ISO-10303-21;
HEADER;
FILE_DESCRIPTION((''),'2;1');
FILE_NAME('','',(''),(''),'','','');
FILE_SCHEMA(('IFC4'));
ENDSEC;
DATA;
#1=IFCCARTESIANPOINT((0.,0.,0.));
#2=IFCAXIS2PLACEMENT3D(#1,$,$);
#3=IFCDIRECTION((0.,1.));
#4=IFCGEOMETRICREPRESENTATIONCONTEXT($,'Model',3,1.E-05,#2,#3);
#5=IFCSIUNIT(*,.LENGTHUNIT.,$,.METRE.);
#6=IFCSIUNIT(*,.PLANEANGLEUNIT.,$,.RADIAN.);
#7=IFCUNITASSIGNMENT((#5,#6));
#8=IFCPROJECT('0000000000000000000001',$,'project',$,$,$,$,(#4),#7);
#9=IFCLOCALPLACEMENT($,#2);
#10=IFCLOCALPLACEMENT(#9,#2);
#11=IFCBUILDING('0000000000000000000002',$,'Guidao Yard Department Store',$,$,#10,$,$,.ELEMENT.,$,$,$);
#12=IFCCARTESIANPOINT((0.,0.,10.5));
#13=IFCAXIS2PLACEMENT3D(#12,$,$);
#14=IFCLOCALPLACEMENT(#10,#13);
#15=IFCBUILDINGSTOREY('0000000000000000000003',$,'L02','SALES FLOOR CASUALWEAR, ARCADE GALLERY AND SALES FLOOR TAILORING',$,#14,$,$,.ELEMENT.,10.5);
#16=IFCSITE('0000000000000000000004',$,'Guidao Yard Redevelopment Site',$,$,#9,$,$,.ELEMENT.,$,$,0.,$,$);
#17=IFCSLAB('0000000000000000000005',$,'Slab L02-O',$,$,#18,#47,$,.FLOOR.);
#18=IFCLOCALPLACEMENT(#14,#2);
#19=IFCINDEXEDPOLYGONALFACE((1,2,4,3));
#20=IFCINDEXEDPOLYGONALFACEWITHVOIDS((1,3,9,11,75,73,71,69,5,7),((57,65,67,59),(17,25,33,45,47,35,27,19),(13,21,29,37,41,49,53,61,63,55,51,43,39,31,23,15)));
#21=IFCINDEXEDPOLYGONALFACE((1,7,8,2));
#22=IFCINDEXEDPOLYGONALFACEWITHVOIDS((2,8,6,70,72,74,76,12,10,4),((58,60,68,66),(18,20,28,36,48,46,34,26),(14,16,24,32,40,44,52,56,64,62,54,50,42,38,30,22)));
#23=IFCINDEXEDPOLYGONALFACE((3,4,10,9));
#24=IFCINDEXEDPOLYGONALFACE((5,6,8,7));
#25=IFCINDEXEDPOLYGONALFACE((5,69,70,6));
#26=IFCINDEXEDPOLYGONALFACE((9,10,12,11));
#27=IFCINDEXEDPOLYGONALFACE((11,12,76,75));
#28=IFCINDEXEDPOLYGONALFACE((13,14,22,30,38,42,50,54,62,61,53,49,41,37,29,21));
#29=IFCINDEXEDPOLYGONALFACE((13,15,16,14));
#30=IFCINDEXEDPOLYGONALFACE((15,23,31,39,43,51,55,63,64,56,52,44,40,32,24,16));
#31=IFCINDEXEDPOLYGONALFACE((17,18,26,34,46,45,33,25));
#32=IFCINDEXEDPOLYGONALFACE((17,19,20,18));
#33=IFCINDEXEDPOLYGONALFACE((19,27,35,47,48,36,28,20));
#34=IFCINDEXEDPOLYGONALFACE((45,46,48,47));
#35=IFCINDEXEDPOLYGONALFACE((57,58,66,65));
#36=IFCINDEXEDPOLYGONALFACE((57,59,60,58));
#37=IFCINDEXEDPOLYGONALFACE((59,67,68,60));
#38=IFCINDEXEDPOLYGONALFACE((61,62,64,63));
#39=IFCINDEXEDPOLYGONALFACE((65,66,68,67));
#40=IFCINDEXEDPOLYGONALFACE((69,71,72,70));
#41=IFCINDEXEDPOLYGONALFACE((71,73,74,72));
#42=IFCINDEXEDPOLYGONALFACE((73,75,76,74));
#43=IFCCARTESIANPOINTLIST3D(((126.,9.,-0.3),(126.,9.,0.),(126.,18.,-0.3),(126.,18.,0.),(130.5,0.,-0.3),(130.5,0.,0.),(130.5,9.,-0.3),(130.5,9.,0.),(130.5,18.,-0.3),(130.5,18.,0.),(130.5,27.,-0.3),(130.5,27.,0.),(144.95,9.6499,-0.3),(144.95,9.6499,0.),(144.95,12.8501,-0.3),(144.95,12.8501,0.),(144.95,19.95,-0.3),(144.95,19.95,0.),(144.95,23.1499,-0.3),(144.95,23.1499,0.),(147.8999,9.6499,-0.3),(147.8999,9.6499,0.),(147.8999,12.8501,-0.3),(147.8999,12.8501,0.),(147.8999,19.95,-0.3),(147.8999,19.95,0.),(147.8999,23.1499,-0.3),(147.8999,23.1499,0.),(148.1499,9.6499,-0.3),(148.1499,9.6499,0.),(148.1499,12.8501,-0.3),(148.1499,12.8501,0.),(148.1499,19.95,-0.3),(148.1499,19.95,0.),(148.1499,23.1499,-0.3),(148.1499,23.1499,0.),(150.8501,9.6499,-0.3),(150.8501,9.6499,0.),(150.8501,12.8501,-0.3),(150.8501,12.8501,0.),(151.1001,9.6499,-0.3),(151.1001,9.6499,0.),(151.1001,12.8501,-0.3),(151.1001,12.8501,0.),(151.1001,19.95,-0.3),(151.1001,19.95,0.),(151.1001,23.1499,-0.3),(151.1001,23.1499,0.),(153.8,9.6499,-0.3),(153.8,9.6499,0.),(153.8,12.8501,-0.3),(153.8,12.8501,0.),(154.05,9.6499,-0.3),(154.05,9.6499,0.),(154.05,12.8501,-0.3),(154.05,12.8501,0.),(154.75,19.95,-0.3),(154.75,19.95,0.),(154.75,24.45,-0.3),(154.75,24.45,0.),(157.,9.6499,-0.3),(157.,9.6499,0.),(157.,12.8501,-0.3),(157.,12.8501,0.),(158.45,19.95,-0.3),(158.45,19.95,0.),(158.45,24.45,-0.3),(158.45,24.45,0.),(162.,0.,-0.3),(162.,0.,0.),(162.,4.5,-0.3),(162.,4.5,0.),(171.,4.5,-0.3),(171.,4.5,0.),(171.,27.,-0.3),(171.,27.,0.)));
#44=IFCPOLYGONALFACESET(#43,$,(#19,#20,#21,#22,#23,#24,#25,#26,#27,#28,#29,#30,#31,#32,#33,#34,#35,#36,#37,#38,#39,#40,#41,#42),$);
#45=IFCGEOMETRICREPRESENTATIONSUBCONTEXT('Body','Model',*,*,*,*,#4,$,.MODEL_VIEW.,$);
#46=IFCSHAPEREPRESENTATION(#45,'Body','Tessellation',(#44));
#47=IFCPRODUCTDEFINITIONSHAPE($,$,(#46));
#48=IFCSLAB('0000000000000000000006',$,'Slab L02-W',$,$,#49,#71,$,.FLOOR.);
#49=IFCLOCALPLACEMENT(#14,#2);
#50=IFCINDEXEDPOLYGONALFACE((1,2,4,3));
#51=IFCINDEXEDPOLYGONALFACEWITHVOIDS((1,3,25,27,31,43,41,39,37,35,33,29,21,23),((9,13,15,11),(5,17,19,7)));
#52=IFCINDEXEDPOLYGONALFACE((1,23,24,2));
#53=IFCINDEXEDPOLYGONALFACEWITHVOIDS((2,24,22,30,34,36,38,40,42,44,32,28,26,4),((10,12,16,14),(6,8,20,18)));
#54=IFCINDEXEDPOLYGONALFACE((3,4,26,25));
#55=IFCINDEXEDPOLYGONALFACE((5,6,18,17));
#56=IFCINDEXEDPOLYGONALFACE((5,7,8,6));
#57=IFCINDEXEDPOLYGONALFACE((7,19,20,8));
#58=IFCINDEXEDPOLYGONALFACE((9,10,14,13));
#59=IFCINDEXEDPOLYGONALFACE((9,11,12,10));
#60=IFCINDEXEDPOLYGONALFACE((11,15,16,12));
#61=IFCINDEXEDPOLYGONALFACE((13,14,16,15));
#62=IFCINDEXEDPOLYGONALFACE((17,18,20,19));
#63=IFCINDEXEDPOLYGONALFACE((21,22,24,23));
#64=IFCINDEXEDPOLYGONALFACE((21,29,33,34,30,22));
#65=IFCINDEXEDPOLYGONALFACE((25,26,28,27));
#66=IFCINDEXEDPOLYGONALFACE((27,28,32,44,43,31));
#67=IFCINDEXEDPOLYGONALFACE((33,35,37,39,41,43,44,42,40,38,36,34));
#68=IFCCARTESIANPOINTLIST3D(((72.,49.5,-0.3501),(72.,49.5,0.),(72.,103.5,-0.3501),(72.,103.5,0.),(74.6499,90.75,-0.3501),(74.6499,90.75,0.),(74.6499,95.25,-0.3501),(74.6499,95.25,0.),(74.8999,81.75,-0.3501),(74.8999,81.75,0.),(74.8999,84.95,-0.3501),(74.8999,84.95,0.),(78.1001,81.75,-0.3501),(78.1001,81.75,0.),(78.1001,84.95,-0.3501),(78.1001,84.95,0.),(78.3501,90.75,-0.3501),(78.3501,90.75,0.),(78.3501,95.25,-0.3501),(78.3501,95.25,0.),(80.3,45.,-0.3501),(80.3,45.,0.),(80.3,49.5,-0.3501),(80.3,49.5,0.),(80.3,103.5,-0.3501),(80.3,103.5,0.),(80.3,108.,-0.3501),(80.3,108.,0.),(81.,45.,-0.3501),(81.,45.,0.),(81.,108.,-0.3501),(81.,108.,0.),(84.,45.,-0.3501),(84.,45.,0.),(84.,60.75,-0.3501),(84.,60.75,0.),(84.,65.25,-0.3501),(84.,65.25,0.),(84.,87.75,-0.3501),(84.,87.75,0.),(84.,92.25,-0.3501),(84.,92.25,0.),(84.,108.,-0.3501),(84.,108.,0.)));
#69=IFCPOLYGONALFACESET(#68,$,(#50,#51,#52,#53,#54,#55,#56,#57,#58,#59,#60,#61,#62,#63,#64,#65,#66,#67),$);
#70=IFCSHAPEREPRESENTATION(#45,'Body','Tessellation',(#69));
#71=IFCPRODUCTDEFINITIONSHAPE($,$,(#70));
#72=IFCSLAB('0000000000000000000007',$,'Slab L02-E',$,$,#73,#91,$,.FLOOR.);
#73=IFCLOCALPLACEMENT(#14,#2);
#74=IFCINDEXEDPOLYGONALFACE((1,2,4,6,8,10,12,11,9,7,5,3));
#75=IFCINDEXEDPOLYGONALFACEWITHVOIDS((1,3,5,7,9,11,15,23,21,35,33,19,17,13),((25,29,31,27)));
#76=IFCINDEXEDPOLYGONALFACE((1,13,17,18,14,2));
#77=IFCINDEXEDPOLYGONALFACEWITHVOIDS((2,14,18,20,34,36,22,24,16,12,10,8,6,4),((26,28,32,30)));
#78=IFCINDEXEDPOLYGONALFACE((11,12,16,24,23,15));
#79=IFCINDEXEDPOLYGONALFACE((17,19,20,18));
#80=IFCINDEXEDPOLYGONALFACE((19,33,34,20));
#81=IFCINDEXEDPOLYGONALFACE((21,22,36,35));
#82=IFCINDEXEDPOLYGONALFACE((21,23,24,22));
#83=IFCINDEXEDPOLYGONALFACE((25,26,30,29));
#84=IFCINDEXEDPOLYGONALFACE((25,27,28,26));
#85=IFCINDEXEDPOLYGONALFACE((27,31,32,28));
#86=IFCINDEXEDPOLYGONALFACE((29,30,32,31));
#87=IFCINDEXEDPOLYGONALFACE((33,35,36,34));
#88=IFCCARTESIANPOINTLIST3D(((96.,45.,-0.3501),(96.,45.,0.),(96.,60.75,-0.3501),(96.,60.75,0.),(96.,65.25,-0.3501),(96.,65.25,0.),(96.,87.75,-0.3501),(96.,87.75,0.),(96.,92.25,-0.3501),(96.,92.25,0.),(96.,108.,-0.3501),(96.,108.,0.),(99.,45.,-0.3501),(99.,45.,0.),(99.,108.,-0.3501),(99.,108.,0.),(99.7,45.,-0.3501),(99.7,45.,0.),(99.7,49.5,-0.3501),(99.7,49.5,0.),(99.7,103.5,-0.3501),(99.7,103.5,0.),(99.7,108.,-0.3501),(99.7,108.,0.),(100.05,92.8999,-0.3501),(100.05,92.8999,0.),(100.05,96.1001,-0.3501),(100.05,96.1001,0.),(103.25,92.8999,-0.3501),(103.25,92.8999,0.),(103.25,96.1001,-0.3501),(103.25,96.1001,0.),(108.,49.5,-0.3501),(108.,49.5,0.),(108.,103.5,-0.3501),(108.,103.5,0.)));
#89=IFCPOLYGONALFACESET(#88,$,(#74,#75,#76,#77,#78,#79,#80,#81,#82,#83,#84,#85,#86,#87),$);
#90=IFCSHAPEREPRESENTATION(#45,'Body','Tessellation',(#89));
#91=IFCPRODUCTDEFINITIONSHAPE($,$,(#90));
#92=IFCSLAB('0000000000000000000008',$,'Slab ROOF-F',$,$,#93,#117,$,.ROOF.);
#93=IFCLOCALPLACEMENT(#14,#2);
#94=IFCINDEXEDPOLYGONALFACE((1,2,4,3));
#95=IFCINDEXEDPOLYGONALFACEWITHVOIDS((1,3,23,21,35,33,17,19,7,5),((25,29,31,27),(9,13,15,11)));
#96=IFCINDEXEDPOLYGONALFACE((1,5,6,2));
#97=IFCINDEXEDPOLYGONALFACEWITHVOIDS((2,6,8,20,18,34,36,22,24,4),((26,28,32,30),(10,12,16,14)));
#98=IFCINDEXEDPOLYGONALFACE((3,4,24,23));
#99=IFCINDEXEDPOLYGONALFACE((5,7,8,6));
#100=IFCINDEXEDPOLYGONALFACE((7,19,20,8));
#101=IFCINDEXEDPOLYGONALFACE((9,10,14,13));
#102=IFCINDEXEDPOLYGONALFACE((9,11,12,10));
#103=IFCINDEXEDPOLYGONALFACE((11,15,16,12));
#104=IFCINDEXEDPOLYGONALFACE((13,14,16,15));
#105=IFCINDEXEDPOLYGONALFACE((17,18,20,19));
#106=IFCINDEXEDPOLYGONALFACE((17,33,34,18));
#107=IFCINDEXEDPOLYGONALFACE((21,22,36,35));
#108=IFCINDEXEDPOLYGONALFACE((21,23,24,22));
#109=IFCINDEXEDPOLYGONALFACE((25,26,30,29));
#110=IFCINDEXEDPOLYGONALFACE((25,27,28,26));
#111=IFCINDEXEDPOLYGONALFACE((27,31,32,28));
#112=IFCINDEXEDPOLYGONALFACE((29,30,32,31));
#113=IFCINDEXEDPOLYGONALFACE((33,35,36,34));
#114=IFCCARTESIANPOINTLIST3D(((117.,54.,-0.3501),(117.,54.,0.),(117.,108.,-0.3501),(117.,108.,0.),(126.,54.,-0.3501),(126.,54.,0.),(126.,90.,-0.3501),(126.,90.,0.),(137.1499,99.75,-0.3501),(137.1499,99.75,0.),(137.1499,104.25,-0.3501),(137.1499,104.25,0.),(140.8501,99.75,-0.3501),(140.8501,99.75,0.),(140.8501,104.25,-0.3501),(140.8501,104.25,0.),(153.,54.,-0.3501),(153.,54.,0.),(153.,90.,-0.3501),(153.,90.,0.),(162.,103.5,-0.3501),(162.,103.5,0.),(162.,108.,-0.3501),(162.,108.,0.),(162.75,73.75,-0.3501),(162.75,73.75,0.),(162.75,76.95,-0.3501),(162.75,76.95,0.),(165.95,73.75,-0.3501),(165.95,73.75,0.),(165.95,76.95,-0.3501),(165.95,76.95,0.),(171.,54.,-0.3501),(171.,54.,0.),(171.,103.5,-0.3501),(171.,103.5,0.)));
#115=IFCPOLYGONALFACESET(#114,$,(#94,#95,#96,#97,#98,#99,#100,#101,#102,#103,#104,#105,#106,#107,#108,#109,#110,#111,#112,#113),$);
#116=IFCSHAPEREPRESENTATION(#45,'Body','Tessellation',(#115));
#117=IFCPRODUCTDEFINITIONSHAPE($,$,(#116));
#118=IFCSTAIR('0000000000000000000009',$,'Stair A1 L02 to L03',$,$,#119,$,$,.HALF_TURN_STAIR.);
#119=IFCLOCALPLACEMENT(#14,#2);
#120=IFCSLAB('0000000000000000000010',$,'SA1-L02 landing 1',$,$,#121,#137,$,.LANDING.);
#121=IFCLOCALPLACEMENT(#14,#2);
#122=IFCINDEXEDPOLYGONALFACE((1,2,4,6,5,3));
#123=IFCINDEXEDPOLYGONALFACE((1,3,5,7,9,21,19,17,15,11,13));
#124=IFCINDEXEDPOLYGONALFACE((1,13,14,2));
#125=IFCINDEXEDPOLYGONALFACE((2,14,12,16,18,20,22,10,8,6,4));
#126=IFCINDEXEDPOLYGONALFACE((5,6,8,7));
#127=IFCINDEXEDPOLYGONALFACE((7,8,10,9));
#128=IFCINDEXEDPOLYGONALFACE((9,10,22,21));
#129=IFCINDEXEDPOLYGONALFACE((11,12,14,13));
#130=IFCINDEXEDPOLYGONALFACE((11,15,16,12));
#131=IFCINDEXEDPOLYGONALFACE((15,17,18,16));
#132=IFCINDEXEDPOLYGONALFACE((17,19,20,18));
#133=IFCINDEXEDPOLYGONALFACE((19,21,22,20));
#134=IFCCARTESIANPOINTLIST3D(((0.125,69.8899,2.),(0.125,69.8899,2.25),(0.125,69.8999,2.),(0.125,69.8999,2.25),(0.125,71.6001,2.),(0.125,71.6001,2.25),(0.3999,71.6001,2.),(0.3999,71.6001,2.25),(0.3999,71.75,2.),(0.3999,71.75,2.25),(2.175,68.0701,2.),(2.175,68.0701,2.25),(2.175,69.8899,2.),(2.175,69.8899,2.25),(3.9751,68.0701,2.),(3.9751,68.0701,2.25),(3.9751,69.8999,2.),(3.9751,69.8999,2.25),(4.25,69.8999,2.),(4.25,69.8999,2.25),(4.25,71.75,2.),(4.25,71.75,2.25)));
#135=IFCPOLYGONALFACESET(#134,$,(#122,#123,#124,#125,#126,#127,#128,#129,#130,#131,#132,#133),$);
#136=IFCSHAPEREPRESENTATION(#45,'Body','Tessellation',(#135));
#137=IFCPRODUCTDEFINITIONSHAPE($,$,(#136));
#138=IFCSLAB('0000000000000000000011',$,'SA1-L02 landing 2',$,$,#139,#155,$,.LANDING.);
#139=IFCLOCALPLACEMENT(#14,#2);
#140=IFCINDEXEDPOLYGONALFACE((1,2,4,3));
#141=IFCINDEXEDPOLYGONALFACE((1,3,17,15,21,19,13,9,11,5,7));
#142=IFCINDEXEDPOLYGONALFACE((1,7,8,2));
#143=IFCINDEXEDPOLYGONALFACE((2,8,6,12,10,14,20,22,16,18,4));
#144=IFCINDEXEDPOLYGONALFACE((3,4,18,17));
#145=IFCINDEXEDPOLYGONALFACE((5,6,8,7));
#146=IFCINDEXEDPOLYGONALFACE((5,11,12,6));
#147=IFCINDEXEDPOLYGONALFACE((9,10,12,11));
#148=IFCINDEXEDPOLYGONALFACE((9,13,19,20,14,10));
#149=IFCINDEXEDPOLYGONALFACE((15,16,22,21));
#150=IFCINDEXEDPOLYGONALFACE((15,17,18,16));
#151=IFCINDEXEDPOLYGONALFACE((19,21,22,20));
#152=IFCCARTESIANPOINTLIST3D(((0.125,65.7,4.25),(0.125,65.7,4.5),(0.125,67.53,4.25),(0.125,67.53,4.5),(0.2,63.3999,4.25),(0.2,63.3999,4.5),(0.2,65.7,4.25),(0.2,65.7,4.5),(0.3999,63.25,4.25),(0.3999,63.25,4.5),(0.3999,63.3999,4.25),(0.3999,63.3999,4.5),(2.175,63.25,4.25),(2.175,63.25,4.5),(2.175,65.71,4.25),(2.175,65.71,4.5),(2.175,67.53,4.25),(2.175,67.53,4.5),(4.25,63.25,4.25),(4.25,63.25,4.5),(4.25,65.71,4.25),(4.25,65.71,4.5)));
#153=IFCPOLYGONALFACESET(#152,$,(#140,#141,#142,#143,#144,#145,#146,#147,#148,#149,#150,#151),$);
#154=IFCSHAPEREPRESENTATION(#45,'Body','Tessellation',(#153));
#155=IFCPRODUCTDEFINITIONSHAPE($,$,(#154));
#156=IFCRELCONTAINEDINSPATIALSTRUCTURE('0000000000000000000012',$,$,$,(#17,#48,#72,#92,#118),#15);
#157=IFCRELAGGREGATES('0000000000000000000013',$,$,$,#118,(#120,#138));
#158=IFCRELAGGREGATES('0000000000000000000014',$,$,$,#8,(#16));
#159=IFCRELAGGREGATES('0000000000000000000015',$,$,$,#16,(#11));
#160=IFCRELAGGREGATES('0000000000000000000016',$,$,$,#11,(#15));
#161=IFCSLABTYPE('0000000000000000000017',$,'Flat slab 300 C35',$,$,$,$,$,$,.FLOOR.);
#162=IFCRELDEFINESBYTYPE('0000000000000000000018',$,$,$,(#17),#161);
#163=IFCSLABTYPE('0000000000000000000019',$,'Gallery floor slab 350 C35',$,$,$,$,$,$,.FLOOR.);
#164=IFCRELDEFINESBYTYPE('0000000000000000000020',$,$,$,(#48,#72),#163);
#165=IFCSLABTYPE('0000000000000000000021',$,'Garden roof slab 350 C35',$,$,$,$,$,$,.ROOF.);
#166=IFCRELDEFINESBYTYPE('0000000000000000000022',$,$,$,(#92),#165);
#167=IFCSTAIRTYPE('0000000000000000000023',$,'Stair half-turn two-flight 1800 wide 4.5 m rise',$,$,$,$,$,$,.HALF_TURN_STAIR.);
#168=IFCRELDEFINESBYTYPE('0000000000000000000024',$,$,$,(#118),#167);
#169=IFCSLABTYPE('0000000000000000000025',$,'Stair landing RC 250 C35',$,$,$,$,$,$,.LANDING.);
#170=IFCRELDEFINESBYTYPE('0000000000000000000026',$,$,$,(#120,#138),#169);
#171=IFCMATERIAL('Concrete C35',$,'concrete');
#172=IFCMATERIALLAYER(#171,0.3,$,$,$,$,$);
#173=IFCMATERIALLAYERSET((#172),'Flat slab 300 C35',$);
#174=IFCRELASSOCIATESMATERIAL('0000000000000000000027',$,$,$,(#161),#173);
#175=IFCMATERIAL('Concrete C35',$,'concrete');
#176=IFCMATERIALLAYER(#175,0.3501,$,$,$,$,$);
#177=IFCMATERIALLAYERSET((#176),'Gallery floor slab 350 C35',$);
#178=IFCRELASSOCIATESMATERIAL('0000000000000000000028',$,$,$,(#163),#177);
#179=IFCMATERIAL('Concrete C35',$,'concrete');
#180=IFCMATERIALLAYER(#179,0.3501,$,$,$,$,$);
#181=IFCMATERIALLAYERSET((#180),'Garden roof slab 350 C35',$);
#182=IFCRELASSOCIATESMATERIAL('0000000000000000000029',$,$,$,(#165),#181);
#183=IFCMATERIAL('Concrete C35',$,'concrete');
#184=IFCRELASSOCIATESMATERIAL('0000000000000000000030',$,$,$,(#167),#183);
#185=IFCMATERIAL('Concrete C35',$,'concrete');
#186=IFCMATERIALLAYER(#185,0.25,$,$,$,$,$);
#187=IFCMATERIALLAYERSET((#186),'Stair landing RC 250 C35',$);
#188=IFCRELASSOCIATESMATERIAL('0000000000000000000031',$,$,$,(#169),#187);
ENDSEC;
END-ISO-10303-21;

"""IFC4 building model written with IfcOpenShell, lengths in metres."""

from ifc_helpers import new_model, si_unit, direction, frame, origin, place, context, subcontext, project, spatial, polyline, outline, extrude, material, layer, layer_set, type_object, element, aggregate, save


model = new_model("IFC4")

# Units and contexts
model_context = context("Model", 3, precision=1e-05, world=origin(), true_north=direction((0.0, 1.0)))
body_context = subcontext(model_context, "Body", "Model", "MODEL_VIEW")
ifc_project = project(units=[si_unit("LENGTHUNIT", "METRE"), si_unit("PLANEANGLEUNIT", "RADIAN")], contexts=[model_context])

# Site, building, storey
site_placement = place(None, origin())
site = spatial("IfcSite", under=ifc_project, at=site_placement, Name="Guidao Yard Redevelopment Site", CompositionType="ELEMENT", RefElevation=0.0)
building_placement = place(site_placement, origin())
building = spatial("IfcBuilding", under=site, at=building_placement, Name="Guidao Yard Department Store", CompositionType="ELEMENT")
storey_placement = place(building_placement, frame((0.0, 0.0, 10.5)))
storey = spatial("IfcBuildingStorey", under=building, at=storey_placement, Name="L02", Description="SALES FLOOR CASUALWEAR, ARCADE GALLERY AND SALES FLOOR TAILORING", CompositionType="ELEMENT", Elevation=10.5)

# Slabs
ifc_material_1 = material(Name="Concrete C35", Category="concrete")
ifc_layer_1 = layer(ifc_material_1, 0.3)
ifc_layer_set_1 = layer_set([ifc_layer_1], Name="Flat slab 300 C35")
slab_type_1 = type_object("IfcSlabType", Name="Flat slab 300 C35", PredefinedType="FLOOR", material=ifc_layer_set_1)
slab_1_placement = place(storey_placement, frame((0.0, 0.0, -0.3)))
element("IfcSlab", 1, at=slab_1_placement, inside=storey, type_object=slab_type_1, Name="Slab L02-O", PredefinedType="FLOOR", context=body_context, shape_type="SweptSolid", body=[
    extrude(outline(polyline([(171.0, 4.5), (162.0, 4.5), (162.0, 0.0), (130.5, 0.0), (130.5, 9.0), (126.0, 9.0), (126.0, 18.0), (130.5, 18.0), (130.5, 27.0), (171.0, 27.0), (171.0, 4.5)]), holes=[polyline([(147.8999, 9.6499), (148.1499, 9.6499), (150.8501, 9.6499), (151.1001, 9.6499), (153.8, 9.6499), (154.05, 9.6499), (157.0, 9.6499), (157.0, 12.8501), (154.05, 12.8501), (153.8, 12.8501), (151.1001, 12.8501), (150.8501, 12.8501), (148.1499, 12.8501), (147.8999, 12.8501), (144.95, 12.8501), (144.95, 9.6499), (147.8999, 9.6499)]), polyline([(144.95, 19.95), (147.8999, 19.95), (148.1499, 19.95), (151.1001, 19.95), (151.1001, 23.1499), (148.1499, 23.1499), (147.8999, 23.1499), (144.95, 23.1499), (144.95, 19.95)]), polyline([(154.75, 19.95), (158.45, 19.95), (158.45, 24.45), (154.75, 24.45), (154.75, 19.95)])]), origin(), (0.0, 0.0, 1.0), 0.3),
])
ifc_material_2 = material(Name="Concrete C35", Category="concrete")
ifc_layer_2 = layer(ifc_material_2, 0.3501)
ifc_layer_set_2 = layer_set([ifc_layer_2], Name="Gallery floor slab 350 C35")
slab_type_2 = type_object("IfcSlabType", Name="Gallery floor slab 350 C35", PredefinedType="FLOOR", material=ifc_layer_set_2)
slab_2_placement = place(storey_placement, frame((0.0, 0.0, -0.3501)))
element("IfcSlab", 2, at=slab_2_placement, inside=storey, type_object=slab_type_2, Name="Slab L02-W", PredefinedType="FLOOR", context=body_context, shape_type="SweptSolid", body=[
    extrude(outline(polyline([(80.3, 103.5), (80.3, 108.0), (81.0, 108.0), (84.0, 108.0), (84.0, 92.25), (84.0, 87.75), (84.0, 65.25), (84.0, 60.75), (84.0, 45.0), (81.0, 45.0), (80.3, 45.0), (80.3, 49.5), (72.0, 49.5), (72.0, 103.5), (80.3, 103.5)]), holes=[polyline([(78.1001, 81.75), (78.1001, 84.95), (74.8999, 84.95), (74.8999, 81.75), (78.1001, 81.75)]), polyline([(74.6499, 90.75), (78.3501, 90.75), (78.3501, 95.25), (74.6499, 95.25), (74.6499, 90.75)])]), origin(), (0.0, 0.0, 1.0), 0.3501),
])
slab_3_placement = place(storey_placement, frame((0.0, 0.0, -0.3501)))
element("IfcSlab", 3, at=slab_3_placement, inside=storey, type_object=slab_type_2, Name="Slab L02-E", PredefinedType="FLOOR", context=body_context, shape_type="SweptSolid", body=[
    extrude(outline(polyline([(99.7, 49.5), (99.7, 45.0), (99.0, 45.0), (96.0, 45.0), (96.0, 60.75), (96.0, 65.25), (96.0, 87.75), (96.0, 92.25), (96.0, 108.0), (99.0, 108.0), (99.7, 108.0), (99.7, 103.5), (108.0, 103.5), (108.0, 49.5), (99.7, 49.5)]), holes=[polyline([(103.25, 96.1001), (100.05, 96.1001), (100.05, 92.8999), (103.25, 92.8999), (103.25, 96.1001)])]), origin(), (0.0, 0.0, 1.0), 0.3501),
])
ifc_material_3 = material(Name="Concrete C35", Category="concrete")
ifc_layer_3 = layer(ifc_material_3, 0.3501)
ifc_layer_set_3 = layer_set([ifc_layer_3], Name="Garden roof slab 350 C35")
slab_type_3 = type_object("IfcSlabType", Name="Garden roof slab 350 C35", PredefinedType="ROOF", material=ifc_layer_set_3)
slab_4_placement = place(storey_placement, frame((0.0, 0.0, -0.3501)))
element("IfcSlab", 4, at=slab_4_placement, inside=storey, type_object=slab_type_3, Name="Slab ROOF-F", PredefinedType="ROOF", context=body_context, shape_type="SweptSolid", body=[
    extrude(outline(polyline([(153.0, 54.0), (153.0, 90.0), (126.0, 90.0), (126.0, 54.0), (117.0, 54.0), (117.0, 108.0), (162.0, 108.0), (162.0, 103.5), (171.0, 103.5), (171.0, 54.0), (153.0, 54.0)]), holes=[polyline([(162.75, 73.75), (165.95, 73.75), (165.95, 76.95), (162.75, 76.95), (162.75, 73.75)]), polyline([(137.1499, 104.25), (137.1499, 99.75), (140.8501, 99.75), (140.8501, 104.25), (137.1499, 104.25)])]), origin(), (0.0, 0.0, 1.0), 0.3501),
])

# Stair, slabs
ifc_material_4 = material(Name="Concrete C35", Category="concrete")
stair_type_1 = type_object("IfcStairType", Name="Stair half-turn two-flight 1800 wide 4.5 m rise", PredefinedType="HALF_TURN_STAIR", material=ifc_material_4)
stair_1_placement = place(storey_placement, origin())
stair_1 = element("IfcStair", 5, at=stair_1_placement, inside=storey, type_object=stair_type_1, Name="Stair A1 L02 to L03", PredefinedType="HALF_TURN_STAIR")
ifc_material_5 = material(Name="Concrete C35", Category="concrete")
ifc_layer_4 = layer(ifc_material_5, 0.25)
ifc_layer_set_4 = layer_set([ifc_layer_4], Name="Stair landing RC 250 C35")
slab_type_4 = type_object("IfcSlabType", Name="Stair landing RC 250 C35", PredefinedType="LANDING", material=ifc_layer_set_4)
slab_5_placement = place(storey_placement, frame((0.0, 0.0, 2.0)))
slab_5 = element("IfcSlab", 6, at=slab_5_placement, type_object=slab_type_4, Name="SA1-L02 landing 1", PredefinedType="LANDING", context=body_context, shape_type="SweptSolid", body=[
    extrude(outline(polyline([(2.175, 69.8899), (0.125, 69.8899), (0.125, 69.8999), (0.125, 71.6001), (0.3999, 71.6001), (0.3999, 71.75), (4.25, 71.75), (4.25, 69.8999), (3.9751, 69.8999), (3.9751, 68.0701), (2.175, 68.0701), (2.175, 69.8899)])), origin(), (0.0, 0.0, 1.0), 0.25),
])
slab_6_placement = place(storey_placement, frame((0.0, 0.0, 4.25)))
slab_6 = element("IfcSlab", 7, at=slab_6_placement, type_object=slab_type_4, Name="SA1-L02 landing 2", PredefinedType="LANDING", context=body_context, shape_type="SweptSolid", body=[
    extrude(outline(polyline([(0.125, 65.7), (0.125, 67.53), (2.175, 67.53), (2.175, 65.71), (4.25, 65.71), (4.25, 63.25), (2.175, 63.25), (0.3999, 63.25), (0.3999, 63.3999), (0.2, 63.3999), (0.2, 65.7), (0.125, 65.7)])), origin(), (0.0, 0.0, 1.0), 0.25),
])
aggregate(stair_1, [slab_5, slab_6])

save(model, "model.ifc")
